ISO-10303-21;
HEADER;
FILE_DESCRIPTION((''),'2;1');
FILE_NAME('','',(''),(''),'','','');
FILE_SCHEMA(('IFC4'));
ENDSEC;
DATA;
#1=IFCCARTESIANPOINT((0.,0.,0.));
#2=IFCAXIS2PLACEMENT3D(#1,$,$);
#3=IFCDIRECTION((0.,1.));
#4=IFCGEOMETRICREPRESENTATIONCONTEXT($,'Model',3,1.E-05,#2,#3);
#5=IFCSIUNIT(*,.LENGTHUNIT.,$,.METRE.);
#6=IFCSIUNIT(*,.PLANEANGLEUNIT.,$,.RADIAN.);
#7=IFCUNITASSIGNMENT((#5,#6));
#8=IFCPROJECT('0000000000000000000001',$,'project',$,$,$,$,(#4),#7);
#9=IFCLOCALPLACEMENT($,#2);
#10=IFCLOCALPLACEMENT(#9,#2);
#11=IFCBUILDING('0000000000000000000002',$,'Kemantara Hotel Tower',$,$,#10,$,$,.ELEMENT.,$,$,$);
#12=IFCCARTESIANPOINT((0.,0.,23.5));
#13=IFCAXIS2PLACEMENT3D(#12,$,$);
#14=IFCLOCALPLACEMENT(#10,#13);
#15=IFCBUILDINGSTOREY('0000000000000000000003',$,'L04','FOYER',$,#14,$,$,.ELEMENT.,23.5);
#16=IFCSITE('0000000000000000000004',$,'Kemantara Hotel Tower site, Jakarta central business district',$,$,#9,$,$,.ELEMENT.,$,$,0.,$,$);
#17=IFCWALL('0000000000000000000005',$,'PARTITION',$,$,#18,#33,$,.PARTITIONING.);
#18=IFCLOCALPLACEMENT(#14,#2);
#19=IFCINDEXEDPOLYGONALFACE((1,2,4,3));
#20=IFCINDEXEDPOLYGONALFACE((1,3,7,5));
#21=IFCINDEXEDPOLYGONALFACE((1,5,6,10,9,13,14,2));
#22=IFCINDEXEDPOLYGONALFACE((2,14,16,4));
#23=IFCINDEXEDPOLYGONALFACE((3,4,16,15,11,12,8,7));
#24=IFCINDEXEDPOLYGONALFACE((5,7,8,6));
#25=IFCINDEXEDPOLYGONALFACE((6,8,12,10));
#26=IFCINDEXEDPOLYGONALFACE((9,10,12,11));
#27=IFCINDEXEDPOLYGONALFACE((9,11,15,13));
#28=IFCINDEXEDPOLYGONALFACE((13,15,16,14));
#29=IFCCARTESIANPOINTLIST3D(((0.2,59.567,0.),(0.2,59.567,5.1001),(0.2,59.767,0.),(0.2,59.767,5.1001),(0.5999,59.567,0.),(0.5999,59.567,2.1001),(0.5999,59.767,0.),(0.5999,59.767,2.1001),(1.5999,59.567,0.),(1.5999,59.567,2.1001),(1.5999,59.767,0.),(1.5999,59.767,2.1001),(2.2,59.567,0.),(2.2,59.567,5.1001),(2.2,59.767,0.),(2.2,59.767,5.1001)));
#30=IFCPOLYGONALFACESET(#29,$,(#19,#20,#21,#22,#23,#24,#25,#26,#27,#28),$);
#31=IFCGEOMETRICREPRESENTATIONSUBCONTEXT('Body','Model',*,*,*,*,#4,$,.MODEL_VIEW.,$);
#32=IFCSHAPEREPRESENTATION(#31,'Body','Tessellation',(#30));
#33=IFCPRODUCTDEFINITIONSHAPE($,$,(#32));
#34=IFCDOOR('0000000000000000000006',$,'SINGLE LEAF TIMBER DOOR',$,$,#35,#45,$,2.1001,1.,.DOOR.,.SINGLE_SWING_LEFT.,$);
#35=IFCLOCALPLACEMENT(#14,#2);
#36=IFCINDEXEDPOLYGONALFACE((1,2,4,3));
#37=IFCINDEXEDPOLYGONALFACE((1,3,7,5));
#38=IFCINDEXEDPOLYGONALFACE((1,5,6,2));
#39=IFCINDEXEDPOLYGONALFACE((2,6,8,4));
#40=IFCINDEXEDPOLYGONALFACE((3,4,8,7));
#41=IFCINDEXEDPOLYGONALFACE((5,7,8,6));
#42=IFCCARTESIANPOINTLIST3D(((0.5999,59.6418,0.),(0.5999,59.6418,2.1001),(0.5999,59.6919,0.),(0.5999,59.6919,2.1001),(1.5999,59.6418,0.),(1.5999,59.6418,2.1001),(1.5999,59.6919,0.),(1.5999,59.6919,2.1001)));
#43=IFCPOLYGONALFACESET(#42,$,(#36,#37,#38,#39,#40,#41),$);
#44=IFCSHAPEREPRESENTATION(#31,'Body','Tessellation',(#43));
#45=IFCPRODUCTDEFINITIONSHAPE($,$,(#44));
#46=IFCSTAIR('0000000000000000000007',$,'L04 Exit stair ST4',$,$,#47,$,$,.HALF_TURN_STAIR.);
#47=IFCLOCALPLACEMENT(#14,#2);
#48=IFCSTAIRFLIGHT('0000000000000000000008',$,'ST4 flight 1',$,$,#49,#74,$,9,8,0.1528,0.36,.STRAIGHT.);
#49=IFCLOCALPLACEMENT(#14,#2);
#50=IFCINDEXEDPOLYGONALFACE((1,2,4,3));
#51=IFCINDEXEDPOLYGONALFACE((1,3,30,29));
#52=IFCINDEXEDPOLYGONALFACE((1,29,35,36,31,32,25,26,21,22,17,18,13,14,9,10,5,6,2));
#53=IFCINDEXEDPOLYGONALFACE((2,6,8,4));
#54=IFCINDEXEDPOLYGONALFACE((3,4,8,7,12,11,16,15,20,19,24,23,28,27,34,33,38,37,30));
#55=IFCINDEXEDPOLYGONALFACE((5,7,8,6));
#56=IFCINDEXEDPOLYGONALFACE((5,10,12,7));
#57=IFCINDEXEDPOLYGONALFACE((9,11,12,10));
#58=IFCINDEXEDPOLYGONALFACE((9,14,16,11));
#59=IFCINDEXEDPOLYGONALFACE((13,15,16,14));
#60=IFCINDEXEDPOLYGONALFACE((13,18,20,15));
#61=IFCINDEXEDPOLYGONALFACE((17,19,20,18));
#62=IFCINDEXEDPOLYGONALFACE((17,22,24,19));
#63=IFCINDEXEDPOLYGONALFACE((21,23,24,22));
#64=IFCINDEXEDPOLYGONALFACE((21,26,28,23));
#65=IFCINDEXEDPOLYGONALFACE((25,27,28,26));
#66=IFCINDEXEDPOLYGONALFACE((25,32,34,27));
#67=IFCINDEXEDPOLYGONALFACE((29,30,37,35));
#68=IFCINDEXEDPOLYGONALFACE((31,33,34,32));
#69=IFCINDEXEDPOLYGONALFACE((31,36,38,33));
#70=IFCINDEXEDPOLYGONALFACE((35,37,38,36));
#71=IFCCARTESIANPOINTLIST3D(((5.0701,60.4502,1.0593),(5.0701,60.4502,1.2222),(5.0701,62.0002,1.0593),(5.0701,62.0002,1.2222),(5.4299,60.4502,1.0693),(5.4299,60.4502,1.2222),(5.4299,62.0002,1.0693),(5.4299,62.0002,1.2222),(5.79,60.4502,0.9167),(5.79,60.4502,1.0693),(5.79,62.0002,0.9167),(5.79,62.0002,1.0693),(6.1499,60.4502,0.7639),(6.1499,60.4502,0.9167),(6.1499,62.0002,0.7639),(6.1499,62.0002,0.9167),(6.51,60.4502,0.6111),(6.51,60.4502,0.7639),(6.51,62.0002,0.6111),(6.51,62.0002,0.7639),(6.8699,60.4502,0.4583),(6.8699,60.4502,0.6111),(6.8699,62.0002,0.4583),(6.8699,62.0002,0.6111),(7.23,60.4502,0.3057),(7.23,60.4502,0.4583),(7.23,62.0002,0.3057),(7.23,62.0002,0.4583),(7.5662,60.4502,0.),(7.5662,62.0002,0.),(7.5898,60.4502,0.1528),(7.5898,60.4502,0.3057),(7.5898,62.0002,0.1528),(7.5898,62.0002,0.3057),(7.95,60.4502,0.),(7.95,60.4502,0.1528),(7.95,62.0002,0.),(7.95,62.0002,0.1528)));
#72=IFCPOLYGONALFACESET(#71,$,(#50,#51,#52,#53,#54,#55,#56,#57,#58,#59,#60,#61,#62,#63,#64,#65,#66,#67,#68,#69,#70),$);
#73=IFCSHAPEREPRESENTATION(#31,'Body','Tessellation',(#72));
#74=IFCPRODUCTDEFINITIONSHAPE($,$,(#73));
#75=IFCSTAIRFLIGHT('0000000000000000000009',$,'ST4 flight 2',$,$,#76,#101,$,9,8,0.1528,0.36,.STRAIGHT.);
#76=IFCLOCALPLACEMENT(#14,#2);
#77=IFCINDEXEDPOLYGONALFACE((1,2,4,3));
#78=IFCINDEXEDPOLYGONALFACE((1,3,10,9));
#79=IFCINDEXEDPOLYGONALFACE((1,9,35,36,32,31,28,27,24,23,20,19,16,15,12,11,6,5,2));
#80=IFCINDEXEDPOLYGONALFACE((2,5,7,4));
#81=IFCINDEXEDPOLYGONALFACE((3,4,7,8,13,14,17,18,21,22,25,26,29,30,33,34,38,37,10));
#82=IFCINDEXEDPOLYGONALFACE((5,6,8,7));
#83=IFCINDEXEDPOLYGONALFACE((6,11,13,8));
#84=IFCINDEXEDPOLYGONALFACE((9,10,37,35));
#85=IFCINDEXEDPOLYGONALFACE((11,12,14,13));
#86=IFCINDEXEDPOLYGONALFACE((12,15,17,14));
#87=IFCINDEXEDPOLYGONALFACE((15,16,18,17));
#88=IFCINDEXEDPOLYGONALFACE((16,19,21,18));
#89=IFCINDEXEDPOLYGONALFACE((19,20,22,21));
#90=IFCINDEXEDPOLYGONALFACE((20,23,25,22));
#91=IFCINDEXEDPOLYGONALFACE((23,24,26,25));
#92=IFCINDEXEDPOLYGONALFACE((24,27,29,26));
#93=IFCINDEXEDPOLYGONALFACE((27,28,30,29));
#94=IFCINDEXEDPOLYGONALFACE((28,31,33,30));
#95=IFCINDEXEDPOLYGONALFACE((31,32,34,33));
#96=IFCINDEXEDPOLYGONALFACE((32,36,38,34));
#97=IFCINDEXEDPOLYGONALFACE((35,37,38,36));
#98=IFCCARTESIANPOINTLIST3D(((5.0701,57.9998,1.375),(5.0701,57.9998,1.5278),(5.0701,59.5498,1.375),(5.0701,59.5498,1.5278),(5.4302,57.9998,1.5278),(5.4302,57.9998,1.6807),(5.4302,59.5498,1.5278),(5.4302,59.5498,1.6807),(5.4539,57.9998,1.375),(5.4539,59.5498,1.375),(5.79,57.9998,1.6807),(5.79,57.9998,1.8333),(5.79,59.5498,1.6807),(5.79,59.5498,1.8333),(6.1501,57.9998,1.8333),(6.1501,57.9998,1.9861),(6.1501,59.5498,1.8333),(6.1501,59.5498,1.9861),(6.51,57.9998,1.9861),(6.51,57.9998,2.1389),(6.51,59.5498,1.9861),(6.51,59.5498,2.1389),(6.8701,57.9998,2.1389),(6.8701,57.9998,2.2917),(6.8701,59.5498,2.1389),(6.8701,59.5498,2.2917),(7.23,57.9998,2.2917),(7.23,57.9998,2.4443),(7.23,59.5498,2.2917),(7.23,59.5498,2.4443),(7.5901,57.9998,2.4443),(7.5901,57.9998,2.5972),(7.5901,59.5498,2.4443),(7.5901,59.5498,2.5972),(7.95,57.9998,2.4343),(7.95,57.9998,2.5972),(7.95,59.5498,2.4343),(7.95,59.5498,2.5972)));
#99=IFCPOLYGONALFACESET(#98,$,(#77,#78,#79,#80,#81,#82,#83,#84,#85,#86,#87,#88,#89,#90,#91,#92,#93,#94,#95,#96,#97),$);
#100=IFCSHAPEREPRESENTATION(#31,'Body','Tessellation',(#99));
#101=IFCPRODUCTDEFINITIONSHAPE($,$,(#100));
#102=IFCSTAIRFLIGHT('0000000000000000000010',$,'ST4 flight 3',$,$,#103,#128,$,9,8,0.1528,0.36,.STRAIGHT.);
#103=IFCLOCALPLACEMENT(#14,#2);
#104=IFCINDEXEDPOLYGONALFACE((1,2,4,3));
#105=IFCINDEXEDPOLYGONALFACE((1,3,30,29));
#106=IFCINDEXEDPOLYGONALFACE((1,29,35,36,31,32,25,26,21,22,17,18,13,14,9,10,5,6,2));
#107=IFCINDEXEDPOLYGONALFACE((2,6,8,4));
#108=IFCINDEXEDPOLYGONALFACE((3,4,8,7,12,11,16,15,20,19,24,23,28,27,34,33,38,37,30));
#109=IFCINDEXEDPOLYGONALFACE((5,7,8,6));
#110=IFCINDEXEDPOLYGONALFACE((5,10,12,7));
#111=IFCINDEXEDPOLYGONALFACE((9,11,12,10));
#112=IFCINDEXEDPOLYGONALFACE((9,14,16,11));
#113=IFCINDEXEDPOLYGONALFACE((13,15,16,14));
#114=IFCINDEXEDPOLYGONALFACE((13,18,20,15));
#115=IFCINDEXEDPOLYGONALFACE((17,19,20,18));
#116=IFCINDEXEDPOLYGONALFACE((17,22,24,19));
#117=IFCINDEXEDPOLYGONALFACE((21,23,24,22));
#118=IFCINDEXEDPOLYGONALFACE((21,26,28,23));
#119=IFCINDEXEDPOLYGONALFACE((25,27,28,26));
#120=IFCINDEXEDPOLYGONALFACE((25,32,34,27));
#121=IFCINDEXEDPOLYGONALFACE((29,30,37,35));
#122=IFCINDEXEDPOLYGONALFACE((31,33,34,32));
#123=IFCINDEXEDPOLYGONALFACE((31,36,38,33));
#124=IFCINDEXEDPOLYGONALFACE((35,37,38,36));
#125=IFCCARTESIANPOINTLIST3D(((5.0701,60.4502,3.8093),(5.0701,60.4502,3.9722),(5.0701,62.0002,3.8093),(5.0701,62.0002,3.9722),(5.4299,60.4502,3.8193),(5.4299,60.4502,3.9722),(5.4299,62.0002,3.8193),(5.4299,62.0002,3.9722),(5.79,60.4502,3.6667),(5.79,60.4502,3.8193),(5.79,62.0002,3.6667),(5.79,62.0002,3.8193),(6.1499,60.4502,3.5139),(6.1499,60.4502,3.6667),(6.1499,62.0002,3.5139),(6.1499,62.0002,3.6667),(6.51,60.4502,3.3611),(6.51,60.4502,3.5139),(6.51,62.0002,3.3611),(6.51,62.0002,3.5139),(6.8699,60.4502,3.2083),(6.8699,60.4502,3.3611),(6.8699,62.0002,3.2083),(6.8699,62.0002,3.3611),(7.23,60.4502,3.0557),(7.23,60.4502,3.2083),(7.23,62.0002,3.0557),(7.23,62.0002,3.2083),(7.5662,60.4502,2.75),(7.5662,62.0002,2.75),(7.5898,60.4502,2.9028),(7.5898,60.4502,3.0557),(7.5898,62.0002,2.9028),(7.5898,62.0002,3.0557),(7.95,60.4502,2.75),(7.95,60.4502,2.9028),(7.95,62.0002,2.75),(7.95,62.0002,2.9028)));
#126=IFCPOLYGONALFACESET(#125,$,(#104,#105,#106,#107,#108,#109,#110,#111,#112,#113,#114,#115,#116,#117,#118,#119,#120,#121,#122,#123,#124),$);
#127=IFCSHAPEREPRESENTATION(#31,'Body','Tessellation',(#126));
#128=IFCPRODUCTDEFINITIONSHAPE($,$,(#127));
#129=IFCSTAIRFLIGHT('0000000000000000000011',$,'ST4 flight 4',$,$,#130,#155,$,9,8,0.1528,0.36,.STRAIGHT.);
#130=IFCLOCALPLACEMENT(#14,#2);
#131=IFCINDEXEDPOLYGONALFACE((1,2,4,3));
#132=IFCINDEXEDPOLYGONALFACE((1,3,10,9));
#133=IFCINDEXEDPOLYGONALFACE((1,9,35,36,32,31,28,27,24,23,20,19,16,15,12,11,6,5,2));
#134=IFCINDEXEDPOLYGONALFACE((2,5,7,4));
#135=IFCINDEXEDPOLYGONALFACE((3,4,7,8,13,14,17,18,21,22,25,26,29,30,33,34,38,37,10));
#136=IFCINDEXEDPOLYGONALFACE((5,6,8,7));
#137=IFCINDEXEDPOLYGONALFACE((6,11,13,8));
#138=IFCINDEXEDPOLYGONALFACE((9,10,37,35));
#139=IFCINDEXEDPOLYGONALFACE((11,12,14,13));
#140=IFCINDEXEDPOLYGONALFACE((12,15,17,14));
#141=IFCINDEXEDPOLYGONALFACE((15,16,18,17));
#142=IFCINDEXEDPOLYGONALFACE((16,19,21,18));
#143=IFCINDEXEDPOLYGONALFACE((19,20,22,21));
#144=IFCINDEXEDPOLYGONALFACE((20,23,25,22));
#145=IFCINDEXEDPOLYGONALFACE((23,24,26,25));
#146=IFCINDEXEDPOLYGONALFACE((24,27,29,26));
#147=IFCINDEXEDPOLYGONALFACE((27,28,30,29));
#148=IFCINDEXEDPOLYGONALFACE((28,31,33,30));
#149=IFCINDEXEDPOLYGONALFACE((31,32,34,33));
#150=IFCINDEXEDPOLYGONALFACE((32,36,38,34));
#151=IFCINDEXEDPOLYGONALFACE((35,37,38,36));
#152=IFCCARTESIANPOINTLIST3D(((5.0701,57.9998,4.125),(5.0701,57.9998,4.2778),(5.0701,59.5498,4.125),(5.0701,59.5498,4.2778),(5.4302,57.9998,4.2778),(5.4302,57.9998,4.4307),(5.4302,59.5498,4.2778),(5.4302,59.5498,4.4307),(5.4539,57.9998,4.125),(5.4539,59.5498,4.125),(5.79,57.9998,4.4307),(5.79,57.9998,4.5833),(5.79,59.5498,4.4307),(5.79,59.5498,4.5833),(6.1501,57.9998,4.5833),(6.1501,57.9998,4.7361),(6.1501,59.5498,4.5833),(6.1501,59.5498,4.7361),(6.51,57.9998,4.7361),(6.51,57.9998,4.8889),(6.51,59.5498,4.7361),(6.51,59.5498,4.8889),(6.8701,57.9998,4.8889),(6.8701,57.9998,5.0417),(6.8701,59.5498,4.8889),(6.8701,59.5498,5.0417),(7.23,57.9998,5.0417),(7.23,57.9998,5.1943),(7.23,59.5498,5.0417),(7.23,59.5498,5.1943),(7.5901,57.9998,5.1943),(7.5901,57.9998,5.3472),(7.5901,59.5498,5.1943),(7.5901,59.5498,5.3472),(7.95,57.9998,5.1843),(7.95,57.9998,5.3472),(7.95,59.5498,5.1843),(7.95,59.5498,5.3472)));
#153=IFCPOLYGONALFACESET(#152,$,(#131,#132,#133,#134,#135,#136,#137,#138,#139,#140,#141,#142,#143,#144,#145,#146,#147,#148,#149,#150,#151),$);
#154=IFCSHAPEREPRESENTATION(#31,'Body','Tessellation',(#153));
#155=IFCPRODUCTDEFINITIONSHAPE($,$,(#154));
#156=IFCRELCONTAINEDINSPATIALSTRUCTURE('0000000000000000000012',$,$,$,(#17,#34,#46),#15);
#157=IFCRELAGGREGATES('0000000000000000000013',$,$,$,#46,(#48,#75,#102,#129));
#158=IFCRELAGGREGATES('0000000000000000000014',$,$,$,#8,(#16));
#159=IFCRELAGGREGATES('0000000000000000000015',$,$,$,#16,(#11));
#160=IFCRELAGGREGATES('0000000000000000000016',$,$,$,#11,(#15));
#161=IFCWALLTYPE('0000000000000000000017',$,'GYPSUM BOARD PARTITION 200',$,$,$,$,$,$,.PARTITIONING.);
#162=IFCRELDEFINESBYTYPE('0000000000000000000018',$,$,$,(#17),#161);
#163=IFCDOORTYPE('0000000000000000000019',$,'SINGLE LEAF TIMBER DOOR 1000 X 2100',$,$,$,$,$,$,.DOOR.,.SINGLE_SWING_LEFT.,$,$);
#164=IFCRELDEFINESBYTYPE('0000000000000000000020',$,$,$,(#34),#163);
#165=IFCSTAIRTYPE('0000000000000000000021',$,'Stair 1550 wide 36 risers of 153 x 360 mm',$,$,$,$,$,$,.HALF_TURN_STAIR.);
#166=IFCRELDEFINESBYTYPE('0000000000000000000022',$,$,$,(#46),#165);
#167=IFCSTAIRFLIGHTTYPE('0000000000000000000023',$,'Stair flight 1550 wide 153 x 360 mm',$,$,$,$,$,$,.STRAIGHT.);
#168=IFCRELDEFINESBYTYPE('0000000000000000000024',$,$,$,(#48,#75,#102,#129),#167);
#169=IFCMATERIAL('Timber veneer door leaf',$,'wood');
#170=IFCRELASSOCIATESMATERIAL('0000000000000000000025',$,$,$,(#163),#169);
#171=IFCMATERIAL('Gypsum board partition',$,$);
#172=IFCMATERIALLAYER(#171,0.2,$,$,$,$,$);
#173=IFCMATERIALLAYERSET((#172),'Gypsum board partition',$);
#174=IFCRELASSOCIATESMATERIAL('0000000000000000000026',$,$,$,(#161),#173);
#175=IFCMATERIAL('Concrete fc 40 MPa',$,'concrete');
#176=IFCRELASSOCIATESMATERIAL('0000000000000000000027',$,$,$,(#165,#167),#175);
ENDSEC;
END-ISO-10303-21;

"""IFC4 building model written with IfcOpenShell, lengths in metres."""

from ifc_helpers import new_model, si_unit, direction, frame, frame_2d, origin, place, context, subcontext, project, spatial, polyline, rectangle, outline, extrude, material, layer, layer_set, type_object, element, fill, aggregate, save


model = new_model("IFC4")

# Units and contexts
model_context = context("Model", 3, precision=1e-05, world=origin(), true_north=direction((0.0, 1.0)))
body_context = subcontext(model_context, "Body", "Model", "MODEL_VIEW")
ifc_project = project(units=[si_unit("LENGTHUNIT", "METRE"), si_unit("PLANEANGLEUNIT", "RADIAN")], contexts=[model_context])

# Site, building, storey
site_placement = place(None, origin())
site = spatial("IfcSite", under=ifc_project, at=site_placement, Name="Kemantara Hotel Tower site, Jakarta central business district", CompositionType="ELEMENT", RefElevation=0.0)
building_placement = place(site_placement, origin())
building = spatial("IfcBuilding", under=site, at=building_placement, Name="Kemantara Hotel Tower", CompositionType="ELEMENT")
storey_placement = place(building_placement, frame((0.0, 0.0, 23.5)))
storey = spatial("IfcBuildingStorey", under=building, at=storey_placement, Name="L04", Description="FOYER", CompositionType="ELEMENT", Elevation=23.5)

# Shared definitions
ifc_material_1 = material(Name="Concrete fc 40 MPa", Category="concrete")

# Shared definitions
ifc_material_2 = material(Name="Timber veneer door leaf", Category="wood")
door_type_1 = type_object("IfcDoorType", Name="SINGLE LEAF TIMBER DOOR 1000 X 2100", OperationType="SINGLE_SWING_LEFT", PredefinedType="DOOR", material=ifc_material_2)

# Shared definitions
ifc_material_3 = material(Name="Gypsum board partition")
ifc_layer_1 = layer(ifc_material_3, 0.2)
ifc_layer_set_1 = layer_set([ifc_layer_1], Name="Gypsum board partition")
wall_type_1 = type_object("IfcWallType", Name="GYPSUM BOARD PARTITION 200", PredefinedType="PARTITIONING", material=ifc_layer_set_1)

# Wall, opening, door
wall_1_placement = place(storey_placement, frame((0.2, 59.667, 0.0), z_axis=(0.0, 0.0, 1.0), x_axis=(1.0, 0.0, 0.0)))
wall_1 = element("IfcWall", 1, at=wall_1_placement, inside=storey, type_object=wall_type_1, Name="PARTITION", PredefinedType="PARTITIONING", context=body_context, shape_type="SweptSolid", body=[
    extrude(rectangle(XDim=2.0, YDim=0.2, at=frame_2d((1.0, 0.0))), origin(), (0.0, 0.0, 1.0), 5.1001),
])
opening_1_placement = place(wall_1_placement, frame((0.3999, 0.0, 0.0)))
opening_1 = element("IfcOpeningElement", 2, at=opening_1_placement, cuts=wall_1, PredefinedType="OPENING", context=body_context, shape_type="SweptSolid", body=[
    extrude(rectangle(XDim=1.0, YDim=2.1001, at=frame_2d((0.5, 1.05))), frame((0.0, 0.1099, 0.0), z_axis=(0.0, -1.0, 0.0), x_axis=(1.0, 0.0, 0.0)), (0.0, 0.0, 1.0), 0.22),
])
door_1_placement = place(opening_1_placement, origin())
door_1 = element("IfcDoor", 3, at=door_1_placement, inside=storey, type_object=door_type_1, Name="SINGLE LEAF TIMBER DOOR", OperationType="SINGLE_SWING_LEFT", OverallHeight=2.1001, OverallWidth=1.0, PredefinedType="DOOR", context=body_context, shape_type="SweptSolid", body=[
    extrude(rectangle(XDim=1.0, YDim=2.1001, at=frame_2d((0.5, 1.05))), frame((0.0, 0.0249, 0.0), z_axis=(0.0, -1.0, 0.0), x_axis=(1.0, 0.0, 0.0)), (0.0, 0.0, 1.0), 0.05),
])
fill(opening_1, door_1)

# Stair, stair flights
stair_type = type_object("IfcStairType", Name="Stair 1550 wide 36 risers of 153 x 360 mm", PredefinedType="HALF_TURN_STAIR", material=ifc_material_1)
stair_placement = place(storey_placement, origin())
stair = element("IfcStair", 4, at=stair_placement, inside=storey, type_object=stair_type, Name="L04 Exit stair ST4", PredefinedType="HALF_TURN_STAIR")
stair_flight_type = type_object("IfcStairFlightType", Name="Stair flight 1550 wide 153 x 360 mm", PredefinedType="STRAIGHT", material=ifc_material_1)
stair_flight_1_placement = place(storey_placement, frame((7.95, 61.2251, 0.0), z_axis=(0.0, 0.0, 1.0), x_axis=(-1.0, 0.0, 0.0)))
stair_flight_1 = element("IfcStairFlight", 5, at=stair_flight_1_placement, type_object=stair_flight_type, Name="ST4 flight 1", NumberOfRisers=9, NumberOfTreads=8, PredefinedType="STRAIGHT", RiserHeight=0.1528, TreadLength=0.36, context=body_context, shape_type="SweptSolid", body=[
    extrude(outline(polyline([(0.0, 0.0), (0.0, 0.1528), (0.3601, 0.1528), (0.3601, 0.3057), (0.72, 0.3057), (0.72, 0.4583), (1.0801, 0.4583), (1.0801, 0.6111), (1.4399, 0.6111), (1.4399, 0.7639), (1.8, 0.7639), (1.8, 0.9167), (2.1599, 0.9167), (2.1599, 1.0693), (2.52, 1.0693), (2.52, 1.2222), (2.8799, 1.2222), (2.8799, 1.375), (2.8799, 1.0593), (0.3838, 0.0), (0.0, 0.0)])), frame((0.0, 0.7749, 0.0), z_axis=(0.0, -1.0, 0.0), x_axis=(1.0, 0.0, 0.0)), (0.0, 0.0, 1.0), 1.55),
])
stair_flight_2_placement = place(storey_placement, frame((5.0701, 58.7749, 1.375), z_axis=(0.0, 0.0, 1.0), x_axis=(1.0, 0.0, 0.0)))
stair_flight_2 = element("IfcStairFlight", 6, at=stair_flight_2_placement, type_object=stair_flight_type, Name="ST4 flight 2", NumberOfRisers=9, NumberOfTreads=8, PredefinedType="STRAIGHT", RiserHeight=0.1528, TreadLength=0.36, context=body_context, shape_type="SweptSolid", body=[
    extrude(outline(polyline([(0.0, 0.0), (0.0, 0.1528), (0.3601, 0.1528), (0.3601, 0.3057), (0.72, 0.3057), (0.72, 0.4583), (1.0801, 0.4583), (1.0801, 0.6111), (1.4399, 0.6111), (1.4399, 0.7639), (1.8, 0.7639), (1.8, 0.9167), (2.1599, 0.9167), (2.1599, 1.0693), (2.52, 1.0693), (2.52, 1.2222), (2.8799, 1.2222), (2.8799, 1.375), (2.8799, 1.0593), (0.3838, 0.0), (0.0, 0.0)])), frame((0.0, 0.7749, 0.0), z_axis=(0.0, -1.0, 0.0), x_axis=(1.0, 0.0, 0.0)), (0.0, 0.0, 1.0), 1.55),
])
stair_flight_3_placement = place(storey_placement, frame((7.95, 61.2251, 2.75), z_axis=(0.0, 0.0, 1.0), x_axis=(-1.0, 0.0, 0.0)))
stair_flight_3 = element("IfcStairFlight", 7, at=stair_flight_3_placement, type_object=stair_flight_type, Name="ST4 flight 3", NumberOfRisers=9, NumberOfTreads=8, PredefinedType="STRAIGHT", RiserHeight=0.1528, TreadLength=0.36, context=body_context, shape_type="SweptSolid", body=[
    extrude(outline(polyline([(0.0, 0.0), (0.0, 0.1528), (0.3601, 0.1528), (0.3601, 0.3057), (0.72, 0.3057), (0.72, 0.4583), (1.0801, 0.4583), (1.0801, 0.6111), (1.4399, 0.6111), (1.4399, 0.7639), (1.8, 0.7639), (1.8, 0.9167), (2.1599, 0.9167), (2.1599, 1.0693), (2.52, 1.0693), (2.52, 1.2222), (2.8799, 1.2222), (2.8799, 1.375), (2.8799, 1.0593), (0.3838, 0.0), (0.0, 0.0)])), frame((0.0, 0.7749, 0.0), z_axis=(0.0, -1.0, 0.0), x_axis=(1.0, 0.0, 0.0)), (0.0, 0.0, 1.0), 1.55),
])
stair_flight_4_placement = place(storey_placement, frame((5.0701, 58.7749, 4.125), z_axis=(0.0, 0.0, 1.0), x_axis=(1.0, 0.0, 0.0)))
stair_flight_4 = element("IfcStairFlight", 8, at=stair_flight_4_placement, type_object=stair_flight_type, Name="ST4 flight 4", NumberOfRisers=9, NumberOfTreads=8, PredefinedType="STRAIGHT", RiserHeight=0.1528, TreadLength=0.36, context=body_context, shape_type="SweptSolid", body=[
    extrude(outline(polyline([(0.0, 0.0), (0.0, 0.1528), (0.3601, 0.1528), (0.3601, 0.3057), (0.72, 0.3057), (0.72, 0.4583), (1.0801, 0.4583), (1.0801, 0.6111), (1.4399, 0.6111), (1.4399, 0.7639), (1.8, 0.7639), (1.8, 0.9167), (2.1599, 0.9167), (2.1599, 1.0693), (2.52, 1.0693), (2.52, 1.2222), (2.8799, 1.2222), (2.8799, 1.375), (2.8799, 1.0593), (0.3838, 0.0), (0.0, 0.0)])), frame((0.0, 0.7749, 0.0), z_axis=(0.0, -1.0, 0.0), x_axis=(1.0, 0.0, 0.0)), (0.0, 0.0, 1.0), 1.55),
])
aggregate(stair, [stair_flight_1, stair_flight_2, stair_flight_3, stair_flight_4])

save(model, "model.ifc")
